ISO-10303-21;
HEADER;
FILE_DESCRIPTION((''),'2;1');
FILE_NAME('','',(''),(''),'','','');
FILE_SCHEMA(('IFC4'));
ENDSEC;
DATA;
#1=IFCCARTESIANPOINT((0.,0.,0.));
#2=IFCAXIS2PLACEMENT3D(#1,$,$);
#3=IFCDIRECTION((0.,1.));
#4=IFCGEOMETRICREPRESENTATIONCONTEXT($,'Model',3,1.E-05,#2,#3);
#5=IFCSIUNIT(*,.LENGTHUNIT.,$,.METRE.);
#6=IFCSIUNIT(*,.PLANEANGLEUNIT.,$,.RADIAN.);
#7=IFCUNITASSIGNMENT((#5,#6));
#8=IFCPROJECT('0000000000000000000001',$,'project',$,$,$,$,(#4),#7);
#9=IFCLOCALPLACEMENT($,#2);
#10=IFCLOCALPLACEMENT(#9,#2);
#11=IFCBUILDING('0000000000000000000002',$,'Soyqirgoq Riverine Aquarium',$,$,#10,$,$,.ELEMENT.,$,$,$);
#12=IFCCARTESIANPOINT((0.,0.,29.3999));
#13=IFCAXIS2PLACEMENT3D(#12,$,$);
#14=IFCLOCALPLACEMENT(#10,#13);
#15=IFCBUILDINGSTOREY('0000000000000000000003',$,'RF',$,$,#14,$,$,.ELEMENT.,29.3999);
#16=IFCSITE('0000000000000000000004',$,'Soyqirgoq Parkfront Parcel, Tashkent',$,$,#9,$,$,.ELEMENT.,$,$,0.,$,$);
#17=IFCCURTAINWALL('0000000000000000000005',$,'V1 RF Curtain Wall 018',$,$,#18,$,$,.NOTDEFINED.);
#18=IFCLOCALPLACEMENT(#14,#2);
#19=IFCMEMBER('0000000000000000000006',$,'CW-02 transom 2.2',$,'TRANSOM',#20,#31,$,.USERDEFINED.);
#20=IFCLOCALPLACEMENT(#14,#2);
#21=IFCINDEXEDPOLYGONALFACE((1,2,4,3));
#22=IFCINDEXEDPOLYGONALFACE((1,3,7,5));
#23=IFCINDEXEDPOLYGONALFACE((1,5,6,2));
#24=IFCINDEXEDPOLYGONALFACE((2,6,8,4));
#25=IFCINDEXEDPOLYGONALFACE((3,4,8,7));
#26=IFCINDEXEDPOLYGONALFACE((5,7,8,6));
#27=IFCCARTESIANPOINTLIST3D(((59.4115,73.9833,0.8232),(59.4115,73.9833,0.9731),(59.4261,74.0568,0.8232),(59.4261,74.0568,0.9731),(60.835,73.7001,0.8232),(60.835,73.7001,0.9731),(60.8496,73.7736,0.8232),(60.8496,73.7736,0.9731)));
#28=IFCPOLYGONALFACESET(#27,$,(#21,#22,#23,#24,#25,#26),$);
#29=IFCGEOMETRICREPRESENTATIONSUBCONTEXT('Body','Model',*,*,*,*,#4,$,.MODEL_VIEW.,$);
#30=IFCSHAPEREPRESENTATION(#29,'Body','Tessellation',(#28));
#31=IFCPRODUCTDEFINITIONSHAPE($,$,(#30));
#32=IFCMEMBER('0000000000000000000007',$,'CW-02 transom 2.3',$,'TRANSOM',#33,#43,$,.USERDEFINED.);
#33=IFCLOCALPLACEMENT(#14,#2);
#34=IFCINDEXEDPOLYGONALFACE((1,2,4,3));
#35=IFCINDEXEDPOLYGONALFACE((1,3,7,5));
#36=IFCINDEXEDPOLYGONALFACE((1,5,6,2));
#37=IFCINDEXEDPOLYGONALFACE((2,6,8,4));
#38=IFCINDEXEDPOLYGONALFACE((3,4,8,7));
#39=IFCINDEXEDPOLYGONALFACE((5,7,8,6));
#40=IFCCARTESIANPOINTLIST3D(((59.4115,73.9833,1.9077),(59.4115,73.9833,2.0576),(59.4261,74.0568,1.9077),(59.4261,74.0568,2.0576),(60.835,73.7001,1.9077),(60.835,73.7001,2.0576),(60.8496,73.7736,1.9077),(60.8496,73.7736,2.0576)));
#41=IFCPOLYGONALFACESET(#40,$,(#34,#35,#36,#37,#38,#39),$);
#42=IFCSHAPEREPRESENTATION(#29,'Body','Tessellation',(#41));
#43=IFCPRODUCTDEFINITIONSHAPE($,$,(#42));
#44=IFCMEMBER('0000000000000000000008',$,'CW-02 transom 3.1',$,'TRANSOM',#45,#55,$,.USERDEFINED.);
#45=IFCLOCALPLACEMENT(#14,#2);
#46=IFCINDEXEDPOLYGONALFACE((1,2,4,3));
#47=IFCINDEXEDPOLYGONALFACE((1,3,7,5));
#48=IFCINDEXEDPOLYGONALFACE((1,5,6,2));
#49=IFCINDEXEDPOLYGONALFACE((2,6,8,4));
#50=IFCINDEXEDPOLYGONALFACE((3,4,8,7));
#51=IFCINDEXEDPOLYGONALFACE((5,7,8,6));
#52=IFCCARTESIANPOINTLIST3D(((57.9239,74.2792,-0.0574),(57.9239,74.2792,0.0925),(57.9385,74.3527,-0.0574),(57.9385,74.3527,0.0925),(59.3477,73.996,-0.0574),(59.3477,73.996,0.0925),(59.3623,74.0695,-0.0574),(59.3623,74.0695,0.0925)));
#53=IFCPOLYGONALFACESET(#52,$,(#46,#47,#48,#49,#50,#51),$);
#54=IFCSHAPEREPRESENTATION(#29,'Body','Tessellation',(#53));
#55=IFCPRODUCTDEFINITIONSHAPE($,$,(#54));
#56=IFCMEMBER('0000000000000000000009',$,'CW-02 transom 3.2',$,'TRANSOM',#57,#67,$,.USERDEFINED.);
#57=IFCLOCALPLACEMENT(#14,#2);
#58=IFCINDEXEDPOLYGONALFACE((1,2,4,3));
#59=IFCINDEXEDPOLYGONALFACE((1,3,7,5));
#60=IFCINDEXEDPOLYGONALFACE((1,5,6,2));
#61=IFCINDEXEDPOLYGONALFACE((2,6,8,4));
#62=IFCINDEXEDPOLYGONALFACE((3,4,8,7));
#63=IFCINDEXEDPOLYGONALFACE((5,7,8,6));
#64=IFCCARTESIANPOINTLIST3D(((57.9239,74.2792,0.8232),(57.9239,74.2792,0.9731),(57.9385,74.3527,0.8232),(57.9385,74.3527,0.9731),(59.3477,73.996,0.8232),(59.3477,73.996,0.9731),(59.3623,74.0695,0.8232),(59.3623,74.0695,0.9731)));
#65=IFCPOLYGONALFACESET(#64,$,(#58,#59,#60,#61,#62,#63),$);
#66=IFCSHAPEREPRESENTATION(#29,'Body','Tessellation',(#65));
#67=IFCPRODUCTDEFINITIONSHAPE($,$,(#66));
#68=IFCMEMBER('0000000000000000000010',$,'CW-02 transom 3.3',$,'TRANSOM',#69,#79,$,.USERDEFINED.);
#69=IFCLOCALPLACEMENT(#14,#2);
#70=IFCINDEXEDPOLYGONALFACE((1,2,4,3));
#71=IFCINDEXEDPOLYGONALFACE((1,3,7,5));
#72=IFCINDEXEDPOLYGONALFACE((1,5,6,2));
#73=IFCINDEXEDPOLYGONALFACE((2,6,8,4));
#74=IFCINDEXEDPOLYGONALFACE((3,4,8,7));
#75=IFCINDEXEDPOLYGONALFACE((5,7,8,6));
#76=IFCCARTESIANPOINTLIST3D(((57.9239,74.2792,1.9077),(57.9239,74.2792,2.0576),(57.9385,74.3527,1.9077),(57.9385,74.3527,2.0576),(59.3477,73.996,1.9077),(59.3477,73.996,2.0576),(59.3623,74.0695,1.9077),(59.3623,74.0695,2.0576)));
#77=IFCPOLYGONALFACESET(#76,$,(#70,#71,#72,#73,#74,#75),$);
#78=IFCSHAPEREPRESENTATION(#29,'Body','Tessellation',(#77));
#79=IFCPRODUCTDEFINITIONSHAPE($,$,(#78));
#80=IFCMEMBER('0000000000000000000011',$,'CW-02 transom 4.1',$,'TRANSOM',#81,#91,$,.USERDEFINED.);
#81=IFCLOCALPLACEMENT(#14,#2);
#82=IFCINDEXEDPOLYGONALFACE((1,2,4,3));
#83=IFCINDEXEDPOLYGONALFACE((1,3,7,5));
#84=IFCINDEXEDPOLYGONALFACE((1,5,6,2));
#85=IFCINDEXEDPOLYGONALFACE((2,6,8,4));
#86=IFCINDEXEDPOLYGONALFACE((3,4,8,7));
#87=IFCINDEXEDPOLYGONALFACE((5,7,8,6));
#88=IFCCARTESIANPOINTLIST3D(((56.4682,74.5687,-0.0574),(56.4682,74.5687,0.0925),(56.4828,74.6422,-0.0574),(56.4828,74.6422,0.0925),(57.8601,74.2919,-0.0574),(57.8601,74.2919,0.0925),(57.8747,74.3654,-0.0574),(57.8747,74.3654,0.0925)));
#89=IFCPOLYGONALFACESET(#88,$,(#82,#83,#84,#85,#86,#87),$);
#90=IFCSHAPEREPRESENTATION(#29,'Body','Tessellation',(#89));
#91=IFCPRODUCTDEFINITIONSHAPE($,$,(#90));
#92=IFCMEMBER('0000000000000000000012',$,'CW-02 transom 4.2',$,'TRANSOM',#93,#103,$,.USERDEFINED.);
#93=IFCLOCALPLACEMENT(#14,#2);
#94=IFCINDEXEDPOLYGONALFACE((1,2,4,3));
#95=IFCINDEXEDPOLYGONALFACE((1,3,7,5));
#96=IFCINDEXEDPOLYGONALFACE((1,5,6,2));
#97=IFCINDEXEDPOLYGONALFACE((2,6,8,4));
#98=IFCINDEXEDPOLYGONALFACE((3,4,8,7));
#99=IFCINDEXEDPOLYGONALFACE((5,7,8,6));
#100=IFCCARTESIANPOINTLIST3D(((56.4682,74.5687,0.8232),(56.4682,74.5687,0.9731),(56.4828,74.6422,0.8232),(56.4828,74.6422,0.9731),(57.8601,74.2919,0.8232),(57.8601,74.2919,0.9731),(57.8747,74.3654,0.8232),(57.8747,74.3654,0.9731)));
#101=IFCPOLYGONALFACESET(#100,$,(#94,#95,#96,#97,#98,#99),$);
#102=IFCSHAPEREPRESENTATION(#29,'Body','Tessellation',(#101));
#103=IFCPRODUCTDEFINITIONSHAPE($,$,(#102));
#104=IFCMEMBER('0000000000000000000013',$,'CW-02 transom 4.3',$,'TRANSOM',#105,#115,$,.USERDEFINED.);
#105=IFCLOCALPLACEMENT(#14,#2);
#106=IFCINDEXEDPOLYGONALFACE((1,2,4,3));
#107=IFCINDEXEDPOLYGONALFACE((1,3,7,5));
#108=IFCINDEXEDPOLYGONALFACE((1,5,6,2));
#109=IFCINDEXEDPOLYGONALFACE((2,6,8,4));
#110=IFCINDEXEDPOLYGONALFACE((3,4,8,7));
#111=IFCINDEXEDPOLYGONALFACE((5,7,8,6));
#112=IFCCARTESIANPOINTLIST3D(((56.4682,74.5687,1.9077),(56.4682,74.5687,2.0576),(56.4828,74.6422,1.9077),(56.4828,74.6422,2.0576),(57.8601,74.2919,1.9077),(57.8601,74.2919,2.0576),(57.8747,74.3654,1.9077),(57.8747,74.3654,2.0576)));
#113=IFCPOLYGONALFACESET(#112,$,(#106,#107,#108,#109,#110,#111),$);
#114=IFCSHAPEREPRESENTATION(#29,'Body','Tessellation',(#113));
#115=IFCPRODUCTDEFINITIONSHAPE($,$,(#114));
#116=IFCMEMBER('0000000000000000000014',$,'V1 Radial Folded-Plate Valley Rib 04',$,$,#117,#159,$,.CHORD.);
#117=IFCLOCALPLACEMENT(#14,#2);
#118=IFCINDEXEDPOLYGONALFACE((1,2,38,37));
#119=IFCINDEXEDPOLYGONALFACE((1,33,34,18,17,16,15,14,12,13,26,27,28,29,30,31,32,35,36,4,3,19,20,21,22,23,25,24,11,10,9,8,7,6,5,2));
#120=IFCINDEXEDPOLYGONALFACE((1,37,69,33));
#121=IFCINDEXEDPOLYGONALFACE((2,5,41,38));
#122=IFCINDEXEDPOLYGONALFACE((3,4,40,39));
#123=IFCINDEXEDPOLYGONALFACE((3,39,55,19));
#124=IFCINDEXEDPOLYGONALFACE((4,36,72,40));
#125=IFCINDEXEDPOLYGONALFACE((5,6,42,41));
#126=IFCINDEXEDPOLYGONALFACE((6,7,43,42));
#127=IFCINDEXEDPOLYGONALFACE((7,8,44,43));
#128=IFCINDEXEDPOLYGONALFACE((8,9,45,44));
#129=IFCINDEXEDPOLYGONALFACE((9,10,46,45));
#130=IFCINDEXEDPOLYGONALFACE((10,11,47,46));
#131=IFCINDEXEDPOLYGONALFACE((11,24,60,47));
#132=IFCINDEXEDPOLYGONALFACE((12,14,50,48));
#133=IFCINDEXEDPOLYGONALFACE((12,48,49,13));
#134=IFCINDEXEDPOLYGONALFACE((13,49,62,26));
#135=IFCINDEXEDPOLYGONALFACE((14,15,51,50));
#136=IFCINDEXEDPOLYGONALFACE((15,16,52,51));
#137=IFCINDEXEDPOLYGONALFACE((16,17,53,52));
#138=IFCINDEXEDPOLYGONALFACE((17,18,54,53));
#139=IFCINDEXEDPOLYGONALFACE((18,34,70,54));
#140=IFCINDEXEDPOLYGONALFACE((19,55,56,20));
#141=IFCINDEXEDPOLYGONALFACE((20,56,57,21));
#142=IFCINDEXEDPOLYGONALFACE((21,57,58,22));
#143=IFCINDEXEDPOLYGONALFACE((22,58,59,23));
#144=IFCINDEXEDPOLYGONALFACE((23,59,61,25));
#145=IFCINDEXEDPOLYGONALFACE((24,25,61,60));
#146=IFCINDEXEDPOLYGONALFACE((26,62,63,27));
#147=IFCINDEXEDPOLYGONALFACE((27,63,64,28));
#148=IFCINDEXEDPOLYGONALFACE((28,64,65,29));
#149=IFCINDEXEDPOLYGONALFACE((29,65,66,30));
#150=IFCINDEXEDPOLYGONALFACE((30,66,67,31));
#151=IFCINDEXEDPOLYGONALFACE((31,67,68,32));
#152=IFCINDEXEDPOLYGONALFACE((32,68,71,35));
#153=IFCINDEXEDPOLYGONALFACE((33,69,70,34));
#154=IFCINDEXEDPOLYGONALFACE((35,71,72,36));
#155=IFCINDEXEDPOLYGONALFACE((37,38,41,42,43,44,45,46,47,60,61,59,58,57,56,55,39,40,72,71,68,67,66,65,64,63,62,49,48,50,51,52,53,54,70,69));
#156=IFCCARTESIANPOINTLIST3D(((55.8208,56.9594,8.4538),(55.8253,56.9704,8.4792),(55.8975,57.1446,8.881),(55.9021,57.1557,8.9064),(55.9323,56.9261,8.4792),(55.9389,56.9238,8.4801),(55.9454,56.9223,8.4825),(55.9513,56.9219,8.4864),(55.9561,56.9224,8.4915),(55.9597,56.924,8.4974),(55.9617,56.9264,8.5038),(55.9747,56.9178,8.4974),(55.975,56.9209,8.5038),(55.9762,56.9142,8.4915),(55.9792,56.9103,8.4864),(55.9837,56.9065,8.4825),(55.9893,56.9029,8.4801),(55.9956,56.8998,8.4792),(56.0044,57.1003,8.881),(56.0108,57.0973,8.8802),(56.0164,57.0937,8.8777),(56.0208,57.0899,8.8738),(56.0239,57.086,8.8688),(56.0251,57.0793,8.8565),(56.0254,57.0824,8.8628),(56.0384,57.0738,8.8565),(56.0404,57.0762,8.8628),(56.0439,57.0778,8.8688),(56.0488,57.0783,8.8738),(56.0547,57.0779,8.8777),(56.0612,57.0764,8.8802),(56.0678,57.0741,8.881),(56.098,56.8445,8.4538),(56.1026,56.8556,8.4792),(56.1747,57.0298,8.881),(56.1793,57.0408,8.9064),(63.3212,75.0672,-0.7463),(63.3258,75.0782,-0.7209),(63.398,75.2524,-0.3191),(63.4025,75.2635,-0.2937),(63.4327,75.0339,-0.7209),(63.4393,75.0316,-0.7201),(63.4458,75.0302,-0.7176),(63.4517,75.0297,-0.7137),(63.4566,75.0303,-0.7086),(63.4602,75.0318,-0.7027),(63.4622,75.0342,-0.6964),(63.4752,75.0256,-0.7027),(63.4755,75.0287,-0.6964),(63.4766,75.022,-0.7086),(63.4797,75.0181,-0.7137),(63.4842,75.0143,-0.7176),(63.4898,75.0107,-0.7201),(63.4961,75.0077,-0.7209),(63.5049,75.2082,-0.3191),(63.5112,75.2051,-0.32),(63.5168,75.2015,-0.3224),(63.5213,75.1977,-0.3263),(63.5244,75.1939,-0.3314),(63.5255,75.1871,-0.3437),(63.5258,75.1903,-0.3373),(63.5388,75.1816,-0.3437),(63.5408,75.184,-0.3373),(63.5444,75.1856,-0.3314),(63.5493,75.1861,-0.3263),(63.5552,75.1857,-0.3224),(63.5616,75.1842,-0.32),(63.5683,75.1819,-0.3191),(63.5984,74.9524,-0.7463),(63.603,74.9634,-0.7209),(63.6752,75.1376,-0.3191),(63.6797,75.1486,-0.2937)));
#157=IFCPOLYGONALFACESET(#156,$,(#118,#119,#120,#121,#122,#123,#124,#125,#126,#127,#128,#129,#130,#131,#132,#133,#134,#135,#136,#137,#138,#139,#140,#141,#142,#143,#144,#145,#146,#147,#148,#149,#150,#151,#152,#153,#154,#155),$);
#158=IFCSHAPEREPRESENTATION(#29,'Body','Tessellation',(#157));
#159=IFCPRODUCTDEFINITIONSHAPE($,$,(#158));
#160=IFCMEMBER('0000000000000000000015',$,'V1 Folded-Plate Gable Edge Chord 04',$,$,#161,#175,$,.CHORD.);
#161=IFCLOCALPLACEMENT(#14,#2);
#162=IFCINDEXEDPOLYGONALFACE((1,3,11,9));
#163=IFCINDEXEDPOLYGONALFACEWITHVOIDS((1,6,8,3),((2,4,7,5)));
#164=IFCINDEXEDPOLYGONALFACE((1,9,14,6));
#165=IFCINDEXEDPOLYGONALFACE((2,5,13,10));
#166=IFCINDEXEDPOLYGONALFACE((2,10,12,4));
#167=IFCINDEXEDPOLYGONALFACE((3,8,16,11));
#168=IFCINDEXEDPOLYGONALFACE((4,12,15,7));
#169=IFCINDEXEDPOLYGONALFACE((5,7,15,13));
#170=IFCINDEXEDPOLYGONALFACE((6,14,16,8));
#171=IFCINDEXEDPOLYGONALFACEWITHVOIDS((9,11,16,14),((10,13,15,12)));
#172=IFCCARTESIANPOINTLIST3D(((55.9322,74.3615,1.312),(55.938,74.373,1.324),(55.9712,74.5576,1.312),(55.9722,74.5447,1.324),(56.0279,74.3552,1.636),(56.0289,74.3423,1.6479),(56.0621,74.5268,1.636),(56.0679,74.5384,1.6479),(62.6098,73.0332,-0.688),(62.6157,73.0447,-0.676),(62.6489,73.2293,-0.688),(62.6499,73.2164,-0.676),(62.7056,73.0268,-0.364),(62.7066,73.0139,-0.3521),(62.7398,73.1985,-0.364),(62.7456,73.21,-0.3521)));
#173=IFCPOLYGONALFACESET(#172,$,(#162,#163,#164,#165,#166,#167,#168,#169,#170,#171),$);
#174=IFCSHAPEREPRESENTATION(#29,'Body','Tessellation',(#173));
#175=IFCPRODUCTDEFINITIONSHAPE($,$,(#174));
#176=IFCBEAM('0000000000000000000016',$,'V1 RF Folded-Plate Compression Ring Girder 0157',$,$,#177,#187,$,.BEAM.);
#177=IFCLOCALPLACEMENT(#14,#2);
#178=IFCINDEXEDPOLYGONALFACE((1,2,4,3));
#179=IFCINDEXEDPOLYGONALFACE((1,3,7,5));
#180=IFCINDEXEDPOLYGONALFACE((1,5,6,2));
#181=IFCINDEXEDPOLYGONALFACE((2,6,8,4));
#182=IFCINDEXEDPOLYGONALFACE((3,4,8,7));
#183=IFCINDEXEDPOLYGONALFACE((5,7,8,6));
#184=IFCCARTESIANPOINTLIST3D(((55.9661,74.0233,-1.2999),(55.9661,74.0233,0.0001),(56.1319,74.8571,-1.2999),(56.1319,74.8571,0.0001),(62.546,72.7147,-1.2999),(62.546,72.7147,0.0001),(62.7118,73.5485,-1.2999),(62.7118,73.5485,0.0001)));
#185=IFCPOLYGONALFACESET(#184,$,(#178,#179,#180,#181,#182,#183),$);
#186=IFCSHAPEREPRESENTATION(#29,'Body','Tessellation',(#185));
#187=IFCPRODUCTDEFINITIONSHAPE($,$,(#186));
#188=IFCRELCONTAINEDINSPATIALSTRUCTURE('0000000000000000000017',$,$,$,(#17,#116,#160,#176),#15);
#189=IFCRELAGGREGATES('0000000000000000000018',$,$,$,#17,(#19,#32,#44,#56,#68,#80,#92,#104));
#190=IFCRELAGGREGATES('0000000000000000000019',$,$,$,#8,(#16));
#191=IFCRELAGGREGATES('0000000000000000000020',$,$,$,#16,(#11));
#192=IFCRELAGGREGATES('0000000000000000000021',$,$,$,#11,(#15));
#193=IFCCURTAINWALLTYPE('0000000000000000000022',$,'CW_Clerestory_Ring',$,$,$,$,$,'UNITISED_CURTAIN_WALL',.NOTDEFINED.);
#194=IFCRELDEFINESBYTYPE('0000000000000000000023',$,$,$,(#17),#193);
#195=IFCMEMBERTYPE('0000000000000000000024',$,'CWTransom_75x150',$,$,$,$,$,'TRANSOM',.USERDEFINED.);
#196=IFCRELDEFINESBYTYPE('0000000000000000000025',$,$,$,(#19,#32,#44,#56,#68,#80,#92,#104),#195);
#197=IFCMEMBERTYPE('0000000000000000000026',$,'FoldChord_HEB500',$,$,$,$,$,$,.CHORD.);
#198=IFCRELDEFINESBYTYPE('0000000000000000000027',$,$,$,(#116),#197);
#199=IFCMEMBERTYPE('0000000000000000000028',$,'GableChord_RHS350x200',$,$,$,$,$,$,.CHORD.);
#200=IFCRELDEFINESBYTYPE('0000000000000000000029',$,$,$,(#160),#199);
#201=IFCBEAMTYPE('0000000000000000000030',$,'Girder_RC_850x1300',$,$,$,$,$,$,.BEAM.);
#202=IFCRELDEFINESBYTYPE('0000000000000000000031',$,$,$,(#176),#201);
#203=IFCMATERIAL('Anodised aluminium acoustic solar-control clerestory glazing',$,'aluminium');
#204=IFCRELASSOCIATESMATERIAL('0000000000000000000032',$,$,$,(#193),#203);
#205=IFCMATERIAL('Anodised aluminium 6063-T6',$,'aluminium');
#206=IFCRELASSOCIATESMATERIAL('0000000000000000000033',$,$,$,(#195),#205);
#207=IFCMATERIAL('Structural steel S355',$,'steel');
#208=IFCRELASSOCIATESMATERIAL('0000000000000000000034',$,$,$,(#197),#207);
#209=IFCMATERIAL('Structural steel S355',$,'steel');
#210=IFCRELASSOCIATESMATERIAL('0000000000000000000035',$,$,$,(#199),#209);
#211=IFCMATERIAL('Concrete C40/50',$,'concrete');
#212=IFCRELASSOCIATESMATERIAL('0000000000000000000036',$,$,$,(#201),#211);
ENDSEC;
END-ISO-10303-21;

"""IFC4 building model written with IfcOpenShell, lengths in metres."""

from ifc_helpers import new_model, si_unit, direction, frame, origin, origin_2d, place, context, subcontext, project, spatial, rectangle, hollow_rectangle, i_section, extrude, material, material_profile, profile_set, type_object, element, aggregate, save


model = new_model("IFC4")

# Units and contexts
model_context = context("Model", 3, precision=1e-05, world=origin(), true_north=direction((0.0, 1.0)))
body_context = subcontext(model_context, "Body", "Model", "MODEL_VIEW")
ifc_project = project(units=[si_unit("LENGTHUNIT", "METRE"), si_unit("PLANEANGLEUNIT", "RADIAN")], contexts=[model_context])

# Site, building, storey
site_placement = place(None, origin())
site = spatial("IfcSite", under=ifc_project, at=site_placement, Name="Soyqirgoq Parkfront Parcel, Tashkent", CompositionType="ELEMENT", RefElevation=0.0)
building_placement = place(site_placement, origin())
building = spatial("IfcBuilding", under=site, at=building_placement, Name="Soyqirgoq Riverine Aquarium", CompositionType="ELEMENT")
storey_placement = place(building_placement, frame((0.0, 0.0, 29.3999)))
storey = spatial("IfcBuildingStorey", under=building, at=storey_placement, Name="RF", CompositionType="ELEMENT", Elevation=29.3999)

# Curtain wall
ifc_material_1 = material(Name="Anodised aluminium acoustic solar-control clerestory glazing", Category="aluminium")
curtain_wall_type = type_object("IfcCurtainWallType", Name="CW_Clerestory_Ring", ElementType="UNITISED_CURTAIN_WALL", PredefinedType="NOTDEFINED", material=ifc_material_1)
curtain_wall_1_placement = place(storey_placement, origin())
curtain_wall_1 = element("IfcCurtainWall", 1, at=curtain_wall_1_placement, inside=storey, type_object=curtain_wall_type, Name="V1 RF Curtain Wall 018", PredefinedType="NOTDEFINED")

# Members
ifc_material_2 = material(Name="Anodised aluminium 6063-T6", Category="aluminium")
ifc_material_profile_1 = material_profile(ifc_material_2, rectangle(XDim=0.075, YDim=0.1499, at=origin_2d()), Name="ALU-T 75x150")
ifc_profile_set_1 = profile_set([ifc_material_profile_1], Name="Anodised aluminium 6063-T6")
member_type_1 = type_object("IfcMemberType", Name="CWTransom_75x150", ElementType="TRANSOM", PredefinedType="USERDEFINED", material=ifc_profile_set_1)
member_1_placement = place(storey_placement, frame((60.8423, 73.7368, 0.8982), z_axis=(-0.980781, 0.195113, 0.0), x_axis=(-0.195113, -0.980781, 0.0)))
member_1 = element("IfcMember", 2, at=member_1_placement, type_object=member_type_1, Name="CW-02 transom 2.2", ObjectType="TRANSOM", PredefinedType="USERDEFINED", context=body_context, shape_type="SweptSolid", body=[
    extrude(rectangle(XDim=0.075, YDim=0.1499, at=origin_2d()), origin(), (0.0, 0.0, 1.0), 1.4514),
])
member_2_placement = place(storey_placement, frame((60.8423, 73.7368, 1.9827), z_axis=(-0.980781, 0.195113, 0.0), x_axis=(-0.195113, -0.980781, 0.0)))
member_2 = element("IfcMember", 3, at=member_2_placement, type_object=member_type_1, Name="CW-02 transom 2.3", ObjectType="TRANSOM", PredefinedType="USERDEFINED", context=body_context, shape_type="SweptSolid", body=[
    extrude(rectangle(XDim=0.075, YDim=0.1499, at=origin_2d()), origin(), (0.0, 0.0, 1.0), 1.4514),
])
member_3_placement = place(storey_placement, frame((59.355, 74.0327, 0.0176), z_axis=(-0.980787, 0.195081, 0.0), x_axis=(-0.195081, -0.980787, 0.0)))
member_3 = element("IfcMember", 4, at=member_3_placement, type_object=member_type_1, Name="CW-02 transom 3.1", ObjectType="TRANSOM", PredefinedType="USERDEFINED", context=body_context, shape_type="SweptSolid", body=[
    extrude(rectangle(XDim=0.075, YDim=0.1499, at=origin_2d()), origin(), (0.0, 0.0, 1.0), 1.4517),
])
member_4_placement = place(storey_placement, frame((59.355, 74.0327, 0.8982), z_axis=(-0.980787, 0.195081, 0.0), x_axis=(-0.195081, -0.980787, 0.0)))
member_4 = element("IfcMember", 5, at=member_4_placement, type_object=member_type_1, Name="CW-02 transom 3.2", ObjectType="TRANSOM", PredefinedType="USERDEFINED", context=body_context, shape_type="SweptSolid", body=[
    extrude(rectangle(XDim=0.075, YDim=0.1499, at=origin_2d()), origin(), (0.0, 0.0, 1.0), 1.4517),
])
member_5_placement = place(storey_placement, frame((59.355, 74.0327, 1.9827), z_axis=(-0.980787, 0.195081, 0.0), x_axis=(-0.195081, -0.980787, 0.0)))
member_5 = element("IfcMember", 6, at=member_5_placement, type_object=member_type_1, Name="CW-02 transom 3.3", ObjectType="TRANSOM", PredefinedType="USERDEFINED", context=body_context, shape_type="SweptSolid", body=[
    extrude(rectangle(XDim=0.075, YDim=0.1499, at=origin_2d()), origin(), (0.0, 0.0, 1.0), 1.4517),
])
member_6_placement = place(storey_placement, frame((57.8674, 74.3286, 0.0176), z_axis=(-0.980785, 0.19509, 0.0), x_axis=(-0.19509, -0.980785, 0.0)))
member_6 = element("IfcMember", 7, at=member_6_placement, type_object=member_type_1, Name="CW-02 transom 4.1", ObjectType="TRANSOM", PredefinedType="USERDEFINED", context=body_context, shape_type="SweptSolid", body=[
    extrude(rectangle(XDim=0.075, YDim=0.1499, at=origin_2d()), origin(), (0.0, 0.0, 1.0), 1.4192),
])
member_7_placement = place(storey_placement, frame((57.8674, 74.3286, 0.8982), z_axis=(-0.980785, 0.19509, 0.0), x_axis=(-0.19509, -0.980785, 0.0)))
member_7 = element("IfcMember", 8, at=member_7_placement, type_object=member_type_1, Name="CW-02 transom 4.2", ObjectType="TRANSOM", PredefinedType="USERDEFINED", context=body_context, shape_type="SweptSolid", body=[
    extrude(rectangle(XDim=0.075, YDim=0.1499, at=origin_2d()), origin(), (0.0, 0.0, 1.0), 1.4192),
])
member_8_placement = place(storey_placement, frame((57.8674, 74.3286, 1.9827), z_axis=(-0.980785, 0.19509, 0.0), x_axis=(-0.19509, -0.980785, 0.0)))
member_8 = element("IfcMember", 9, at=member_8_placement, type_object=member_type_1, Name="CW-02 transom 4.3", ObjectType="TRANSOM", PredefinedType="USERDEFINED", context=body_context, shape_type="SweptSolid", body=[
    extrude(rectangle(XDim=0.075, YDim=0.1499, at=origin_2d()), origin(), (0.0, 0.0, 1.0), 1.4192),
])

# Members
ifc_material_3 = material(Name="Structural steel S355", Category="steel")
ifc_material_profile_2 = material_profile(ifc_material_3, i_section(OverallWidth=0.3, OverallDepth=0.5, WebThickness=0.0144, FlangeThickness=0.0281, FilletRadius=0.0271, at=origin_2d()), Name="HEB 500")
ifc_profile_set_2 = profile_set([ifc_material_profile_2], Name="Structural steel S355")
member_type_2 = type_object("IfcMemberType", Name="FoldChord_HEB500", PredefinedType="CHORD", material=ifc_profile_set_2)
member_9_placement = place(storey_placement, frame((63.5005, 75.1079, -0.52), z_axis=(-0.346415, -0.836326, 0.424917), x_axis=(0.923881, -0.382681, 0.0)))
element("IfcMember", 10, at=member_9_placement, inside=storey, type_object=member_type_2, Name="V1 Radial Folded-Plate Valley Rib 04", PredefinedType="CHORD", context=body_context, shape_type="SweptSolid", body=[
    extrude(i_section(OverallWidth=0.3, OverallDepth=0.5, WebThickness=0.0144, FlangeThickness=0.0281, FilletRadius=0.0271, at=origin_2d()), origin(), (0.0, 0.0, 1.0), 21.6516),
])
ifc_material_4 = material(Name="Structural steel S355", Category="steel")
ifc_material_profile_3 = material_profile(ifc_material_4, hollow_rectangle(XDim=0.2, YDim=0.3501, WallThickness=0.0125, at=origin_2d()), Name="RHS 350x200x12.5")
ifc_profile_set_3 = profile_set([ifc_material_profile_3], Name="Structural steel S355")
member_type_3 = type_object("IfcMemberType", Name="GableChord_RHS350x200", PredefinedType="CHORD", material=ifc_profile_set_3)
member_10_placement = place(storey_placement, frame((62.6777, 73.1216, -0.52), z_axis=(-0.941024, 0.187193, 0.281839), x_axis=(-0.195102, -0.980783, 0.0)))
element("IfcMember", 11, at=member_10_placement, inside=storey, type_object=member_type_3, Name="V1 Folded-Plate Gable Edge Chord 04", PredefinedType="CHORD", context=body_context, shape_type="SweptSolid", body=[
    extrude(hollow_rectangle(XDim=0.2, YDim=0.3501, WallThickness=0.0125, at=origin_2d()), origin(), (0.0, 0.0, 1.0), 7.0962),
])

# Beam
ifc_material_5 = material(Name="Concrete C40/50", Category="concrete")
ifc_material_profile_4 = material_profile(ifc_material_5, rectangle(XDim=0.8501, YDim=1.3, at=origin_2d()), Name="RC 850x1300")
ifc_profile_set_4 = profile_set([ifc_material_profile_4], Name="Concrete C40/50")
beam_type = type_object("IfcBeamType", Name="Girder_RC_850x1300", PredefinedType="BEAM", material=ifc_profile_set_4)
beam_placement = place(storey_placement, frame((62.6289, 73.1316, -0.6499), z_axis=(-0.980791, 0.195059, 0.0), x_axis=(-0.195059, -0.980791, 0.0)))
element("IfcBeam", 12, at=beam_placement, inside=storey, type_object=beam_type, Name="V1 RF Folded-Plate Compression Ring Girder 0157", PredefinedType="BEAM", context=body_context, shape_type="SweptSolid", body=[
    extrude(rectangle(XDim=0.8501, YDim=1.3, at=origin_2d()), origin(), (0.0, 0.0, 1.0), 6.7087),
])

aggregate(curtain_wall_1, [member_1, member_2, member_3, member_4, member_5, member_6, member_7, member_8])

save(model, "model.ifc")
